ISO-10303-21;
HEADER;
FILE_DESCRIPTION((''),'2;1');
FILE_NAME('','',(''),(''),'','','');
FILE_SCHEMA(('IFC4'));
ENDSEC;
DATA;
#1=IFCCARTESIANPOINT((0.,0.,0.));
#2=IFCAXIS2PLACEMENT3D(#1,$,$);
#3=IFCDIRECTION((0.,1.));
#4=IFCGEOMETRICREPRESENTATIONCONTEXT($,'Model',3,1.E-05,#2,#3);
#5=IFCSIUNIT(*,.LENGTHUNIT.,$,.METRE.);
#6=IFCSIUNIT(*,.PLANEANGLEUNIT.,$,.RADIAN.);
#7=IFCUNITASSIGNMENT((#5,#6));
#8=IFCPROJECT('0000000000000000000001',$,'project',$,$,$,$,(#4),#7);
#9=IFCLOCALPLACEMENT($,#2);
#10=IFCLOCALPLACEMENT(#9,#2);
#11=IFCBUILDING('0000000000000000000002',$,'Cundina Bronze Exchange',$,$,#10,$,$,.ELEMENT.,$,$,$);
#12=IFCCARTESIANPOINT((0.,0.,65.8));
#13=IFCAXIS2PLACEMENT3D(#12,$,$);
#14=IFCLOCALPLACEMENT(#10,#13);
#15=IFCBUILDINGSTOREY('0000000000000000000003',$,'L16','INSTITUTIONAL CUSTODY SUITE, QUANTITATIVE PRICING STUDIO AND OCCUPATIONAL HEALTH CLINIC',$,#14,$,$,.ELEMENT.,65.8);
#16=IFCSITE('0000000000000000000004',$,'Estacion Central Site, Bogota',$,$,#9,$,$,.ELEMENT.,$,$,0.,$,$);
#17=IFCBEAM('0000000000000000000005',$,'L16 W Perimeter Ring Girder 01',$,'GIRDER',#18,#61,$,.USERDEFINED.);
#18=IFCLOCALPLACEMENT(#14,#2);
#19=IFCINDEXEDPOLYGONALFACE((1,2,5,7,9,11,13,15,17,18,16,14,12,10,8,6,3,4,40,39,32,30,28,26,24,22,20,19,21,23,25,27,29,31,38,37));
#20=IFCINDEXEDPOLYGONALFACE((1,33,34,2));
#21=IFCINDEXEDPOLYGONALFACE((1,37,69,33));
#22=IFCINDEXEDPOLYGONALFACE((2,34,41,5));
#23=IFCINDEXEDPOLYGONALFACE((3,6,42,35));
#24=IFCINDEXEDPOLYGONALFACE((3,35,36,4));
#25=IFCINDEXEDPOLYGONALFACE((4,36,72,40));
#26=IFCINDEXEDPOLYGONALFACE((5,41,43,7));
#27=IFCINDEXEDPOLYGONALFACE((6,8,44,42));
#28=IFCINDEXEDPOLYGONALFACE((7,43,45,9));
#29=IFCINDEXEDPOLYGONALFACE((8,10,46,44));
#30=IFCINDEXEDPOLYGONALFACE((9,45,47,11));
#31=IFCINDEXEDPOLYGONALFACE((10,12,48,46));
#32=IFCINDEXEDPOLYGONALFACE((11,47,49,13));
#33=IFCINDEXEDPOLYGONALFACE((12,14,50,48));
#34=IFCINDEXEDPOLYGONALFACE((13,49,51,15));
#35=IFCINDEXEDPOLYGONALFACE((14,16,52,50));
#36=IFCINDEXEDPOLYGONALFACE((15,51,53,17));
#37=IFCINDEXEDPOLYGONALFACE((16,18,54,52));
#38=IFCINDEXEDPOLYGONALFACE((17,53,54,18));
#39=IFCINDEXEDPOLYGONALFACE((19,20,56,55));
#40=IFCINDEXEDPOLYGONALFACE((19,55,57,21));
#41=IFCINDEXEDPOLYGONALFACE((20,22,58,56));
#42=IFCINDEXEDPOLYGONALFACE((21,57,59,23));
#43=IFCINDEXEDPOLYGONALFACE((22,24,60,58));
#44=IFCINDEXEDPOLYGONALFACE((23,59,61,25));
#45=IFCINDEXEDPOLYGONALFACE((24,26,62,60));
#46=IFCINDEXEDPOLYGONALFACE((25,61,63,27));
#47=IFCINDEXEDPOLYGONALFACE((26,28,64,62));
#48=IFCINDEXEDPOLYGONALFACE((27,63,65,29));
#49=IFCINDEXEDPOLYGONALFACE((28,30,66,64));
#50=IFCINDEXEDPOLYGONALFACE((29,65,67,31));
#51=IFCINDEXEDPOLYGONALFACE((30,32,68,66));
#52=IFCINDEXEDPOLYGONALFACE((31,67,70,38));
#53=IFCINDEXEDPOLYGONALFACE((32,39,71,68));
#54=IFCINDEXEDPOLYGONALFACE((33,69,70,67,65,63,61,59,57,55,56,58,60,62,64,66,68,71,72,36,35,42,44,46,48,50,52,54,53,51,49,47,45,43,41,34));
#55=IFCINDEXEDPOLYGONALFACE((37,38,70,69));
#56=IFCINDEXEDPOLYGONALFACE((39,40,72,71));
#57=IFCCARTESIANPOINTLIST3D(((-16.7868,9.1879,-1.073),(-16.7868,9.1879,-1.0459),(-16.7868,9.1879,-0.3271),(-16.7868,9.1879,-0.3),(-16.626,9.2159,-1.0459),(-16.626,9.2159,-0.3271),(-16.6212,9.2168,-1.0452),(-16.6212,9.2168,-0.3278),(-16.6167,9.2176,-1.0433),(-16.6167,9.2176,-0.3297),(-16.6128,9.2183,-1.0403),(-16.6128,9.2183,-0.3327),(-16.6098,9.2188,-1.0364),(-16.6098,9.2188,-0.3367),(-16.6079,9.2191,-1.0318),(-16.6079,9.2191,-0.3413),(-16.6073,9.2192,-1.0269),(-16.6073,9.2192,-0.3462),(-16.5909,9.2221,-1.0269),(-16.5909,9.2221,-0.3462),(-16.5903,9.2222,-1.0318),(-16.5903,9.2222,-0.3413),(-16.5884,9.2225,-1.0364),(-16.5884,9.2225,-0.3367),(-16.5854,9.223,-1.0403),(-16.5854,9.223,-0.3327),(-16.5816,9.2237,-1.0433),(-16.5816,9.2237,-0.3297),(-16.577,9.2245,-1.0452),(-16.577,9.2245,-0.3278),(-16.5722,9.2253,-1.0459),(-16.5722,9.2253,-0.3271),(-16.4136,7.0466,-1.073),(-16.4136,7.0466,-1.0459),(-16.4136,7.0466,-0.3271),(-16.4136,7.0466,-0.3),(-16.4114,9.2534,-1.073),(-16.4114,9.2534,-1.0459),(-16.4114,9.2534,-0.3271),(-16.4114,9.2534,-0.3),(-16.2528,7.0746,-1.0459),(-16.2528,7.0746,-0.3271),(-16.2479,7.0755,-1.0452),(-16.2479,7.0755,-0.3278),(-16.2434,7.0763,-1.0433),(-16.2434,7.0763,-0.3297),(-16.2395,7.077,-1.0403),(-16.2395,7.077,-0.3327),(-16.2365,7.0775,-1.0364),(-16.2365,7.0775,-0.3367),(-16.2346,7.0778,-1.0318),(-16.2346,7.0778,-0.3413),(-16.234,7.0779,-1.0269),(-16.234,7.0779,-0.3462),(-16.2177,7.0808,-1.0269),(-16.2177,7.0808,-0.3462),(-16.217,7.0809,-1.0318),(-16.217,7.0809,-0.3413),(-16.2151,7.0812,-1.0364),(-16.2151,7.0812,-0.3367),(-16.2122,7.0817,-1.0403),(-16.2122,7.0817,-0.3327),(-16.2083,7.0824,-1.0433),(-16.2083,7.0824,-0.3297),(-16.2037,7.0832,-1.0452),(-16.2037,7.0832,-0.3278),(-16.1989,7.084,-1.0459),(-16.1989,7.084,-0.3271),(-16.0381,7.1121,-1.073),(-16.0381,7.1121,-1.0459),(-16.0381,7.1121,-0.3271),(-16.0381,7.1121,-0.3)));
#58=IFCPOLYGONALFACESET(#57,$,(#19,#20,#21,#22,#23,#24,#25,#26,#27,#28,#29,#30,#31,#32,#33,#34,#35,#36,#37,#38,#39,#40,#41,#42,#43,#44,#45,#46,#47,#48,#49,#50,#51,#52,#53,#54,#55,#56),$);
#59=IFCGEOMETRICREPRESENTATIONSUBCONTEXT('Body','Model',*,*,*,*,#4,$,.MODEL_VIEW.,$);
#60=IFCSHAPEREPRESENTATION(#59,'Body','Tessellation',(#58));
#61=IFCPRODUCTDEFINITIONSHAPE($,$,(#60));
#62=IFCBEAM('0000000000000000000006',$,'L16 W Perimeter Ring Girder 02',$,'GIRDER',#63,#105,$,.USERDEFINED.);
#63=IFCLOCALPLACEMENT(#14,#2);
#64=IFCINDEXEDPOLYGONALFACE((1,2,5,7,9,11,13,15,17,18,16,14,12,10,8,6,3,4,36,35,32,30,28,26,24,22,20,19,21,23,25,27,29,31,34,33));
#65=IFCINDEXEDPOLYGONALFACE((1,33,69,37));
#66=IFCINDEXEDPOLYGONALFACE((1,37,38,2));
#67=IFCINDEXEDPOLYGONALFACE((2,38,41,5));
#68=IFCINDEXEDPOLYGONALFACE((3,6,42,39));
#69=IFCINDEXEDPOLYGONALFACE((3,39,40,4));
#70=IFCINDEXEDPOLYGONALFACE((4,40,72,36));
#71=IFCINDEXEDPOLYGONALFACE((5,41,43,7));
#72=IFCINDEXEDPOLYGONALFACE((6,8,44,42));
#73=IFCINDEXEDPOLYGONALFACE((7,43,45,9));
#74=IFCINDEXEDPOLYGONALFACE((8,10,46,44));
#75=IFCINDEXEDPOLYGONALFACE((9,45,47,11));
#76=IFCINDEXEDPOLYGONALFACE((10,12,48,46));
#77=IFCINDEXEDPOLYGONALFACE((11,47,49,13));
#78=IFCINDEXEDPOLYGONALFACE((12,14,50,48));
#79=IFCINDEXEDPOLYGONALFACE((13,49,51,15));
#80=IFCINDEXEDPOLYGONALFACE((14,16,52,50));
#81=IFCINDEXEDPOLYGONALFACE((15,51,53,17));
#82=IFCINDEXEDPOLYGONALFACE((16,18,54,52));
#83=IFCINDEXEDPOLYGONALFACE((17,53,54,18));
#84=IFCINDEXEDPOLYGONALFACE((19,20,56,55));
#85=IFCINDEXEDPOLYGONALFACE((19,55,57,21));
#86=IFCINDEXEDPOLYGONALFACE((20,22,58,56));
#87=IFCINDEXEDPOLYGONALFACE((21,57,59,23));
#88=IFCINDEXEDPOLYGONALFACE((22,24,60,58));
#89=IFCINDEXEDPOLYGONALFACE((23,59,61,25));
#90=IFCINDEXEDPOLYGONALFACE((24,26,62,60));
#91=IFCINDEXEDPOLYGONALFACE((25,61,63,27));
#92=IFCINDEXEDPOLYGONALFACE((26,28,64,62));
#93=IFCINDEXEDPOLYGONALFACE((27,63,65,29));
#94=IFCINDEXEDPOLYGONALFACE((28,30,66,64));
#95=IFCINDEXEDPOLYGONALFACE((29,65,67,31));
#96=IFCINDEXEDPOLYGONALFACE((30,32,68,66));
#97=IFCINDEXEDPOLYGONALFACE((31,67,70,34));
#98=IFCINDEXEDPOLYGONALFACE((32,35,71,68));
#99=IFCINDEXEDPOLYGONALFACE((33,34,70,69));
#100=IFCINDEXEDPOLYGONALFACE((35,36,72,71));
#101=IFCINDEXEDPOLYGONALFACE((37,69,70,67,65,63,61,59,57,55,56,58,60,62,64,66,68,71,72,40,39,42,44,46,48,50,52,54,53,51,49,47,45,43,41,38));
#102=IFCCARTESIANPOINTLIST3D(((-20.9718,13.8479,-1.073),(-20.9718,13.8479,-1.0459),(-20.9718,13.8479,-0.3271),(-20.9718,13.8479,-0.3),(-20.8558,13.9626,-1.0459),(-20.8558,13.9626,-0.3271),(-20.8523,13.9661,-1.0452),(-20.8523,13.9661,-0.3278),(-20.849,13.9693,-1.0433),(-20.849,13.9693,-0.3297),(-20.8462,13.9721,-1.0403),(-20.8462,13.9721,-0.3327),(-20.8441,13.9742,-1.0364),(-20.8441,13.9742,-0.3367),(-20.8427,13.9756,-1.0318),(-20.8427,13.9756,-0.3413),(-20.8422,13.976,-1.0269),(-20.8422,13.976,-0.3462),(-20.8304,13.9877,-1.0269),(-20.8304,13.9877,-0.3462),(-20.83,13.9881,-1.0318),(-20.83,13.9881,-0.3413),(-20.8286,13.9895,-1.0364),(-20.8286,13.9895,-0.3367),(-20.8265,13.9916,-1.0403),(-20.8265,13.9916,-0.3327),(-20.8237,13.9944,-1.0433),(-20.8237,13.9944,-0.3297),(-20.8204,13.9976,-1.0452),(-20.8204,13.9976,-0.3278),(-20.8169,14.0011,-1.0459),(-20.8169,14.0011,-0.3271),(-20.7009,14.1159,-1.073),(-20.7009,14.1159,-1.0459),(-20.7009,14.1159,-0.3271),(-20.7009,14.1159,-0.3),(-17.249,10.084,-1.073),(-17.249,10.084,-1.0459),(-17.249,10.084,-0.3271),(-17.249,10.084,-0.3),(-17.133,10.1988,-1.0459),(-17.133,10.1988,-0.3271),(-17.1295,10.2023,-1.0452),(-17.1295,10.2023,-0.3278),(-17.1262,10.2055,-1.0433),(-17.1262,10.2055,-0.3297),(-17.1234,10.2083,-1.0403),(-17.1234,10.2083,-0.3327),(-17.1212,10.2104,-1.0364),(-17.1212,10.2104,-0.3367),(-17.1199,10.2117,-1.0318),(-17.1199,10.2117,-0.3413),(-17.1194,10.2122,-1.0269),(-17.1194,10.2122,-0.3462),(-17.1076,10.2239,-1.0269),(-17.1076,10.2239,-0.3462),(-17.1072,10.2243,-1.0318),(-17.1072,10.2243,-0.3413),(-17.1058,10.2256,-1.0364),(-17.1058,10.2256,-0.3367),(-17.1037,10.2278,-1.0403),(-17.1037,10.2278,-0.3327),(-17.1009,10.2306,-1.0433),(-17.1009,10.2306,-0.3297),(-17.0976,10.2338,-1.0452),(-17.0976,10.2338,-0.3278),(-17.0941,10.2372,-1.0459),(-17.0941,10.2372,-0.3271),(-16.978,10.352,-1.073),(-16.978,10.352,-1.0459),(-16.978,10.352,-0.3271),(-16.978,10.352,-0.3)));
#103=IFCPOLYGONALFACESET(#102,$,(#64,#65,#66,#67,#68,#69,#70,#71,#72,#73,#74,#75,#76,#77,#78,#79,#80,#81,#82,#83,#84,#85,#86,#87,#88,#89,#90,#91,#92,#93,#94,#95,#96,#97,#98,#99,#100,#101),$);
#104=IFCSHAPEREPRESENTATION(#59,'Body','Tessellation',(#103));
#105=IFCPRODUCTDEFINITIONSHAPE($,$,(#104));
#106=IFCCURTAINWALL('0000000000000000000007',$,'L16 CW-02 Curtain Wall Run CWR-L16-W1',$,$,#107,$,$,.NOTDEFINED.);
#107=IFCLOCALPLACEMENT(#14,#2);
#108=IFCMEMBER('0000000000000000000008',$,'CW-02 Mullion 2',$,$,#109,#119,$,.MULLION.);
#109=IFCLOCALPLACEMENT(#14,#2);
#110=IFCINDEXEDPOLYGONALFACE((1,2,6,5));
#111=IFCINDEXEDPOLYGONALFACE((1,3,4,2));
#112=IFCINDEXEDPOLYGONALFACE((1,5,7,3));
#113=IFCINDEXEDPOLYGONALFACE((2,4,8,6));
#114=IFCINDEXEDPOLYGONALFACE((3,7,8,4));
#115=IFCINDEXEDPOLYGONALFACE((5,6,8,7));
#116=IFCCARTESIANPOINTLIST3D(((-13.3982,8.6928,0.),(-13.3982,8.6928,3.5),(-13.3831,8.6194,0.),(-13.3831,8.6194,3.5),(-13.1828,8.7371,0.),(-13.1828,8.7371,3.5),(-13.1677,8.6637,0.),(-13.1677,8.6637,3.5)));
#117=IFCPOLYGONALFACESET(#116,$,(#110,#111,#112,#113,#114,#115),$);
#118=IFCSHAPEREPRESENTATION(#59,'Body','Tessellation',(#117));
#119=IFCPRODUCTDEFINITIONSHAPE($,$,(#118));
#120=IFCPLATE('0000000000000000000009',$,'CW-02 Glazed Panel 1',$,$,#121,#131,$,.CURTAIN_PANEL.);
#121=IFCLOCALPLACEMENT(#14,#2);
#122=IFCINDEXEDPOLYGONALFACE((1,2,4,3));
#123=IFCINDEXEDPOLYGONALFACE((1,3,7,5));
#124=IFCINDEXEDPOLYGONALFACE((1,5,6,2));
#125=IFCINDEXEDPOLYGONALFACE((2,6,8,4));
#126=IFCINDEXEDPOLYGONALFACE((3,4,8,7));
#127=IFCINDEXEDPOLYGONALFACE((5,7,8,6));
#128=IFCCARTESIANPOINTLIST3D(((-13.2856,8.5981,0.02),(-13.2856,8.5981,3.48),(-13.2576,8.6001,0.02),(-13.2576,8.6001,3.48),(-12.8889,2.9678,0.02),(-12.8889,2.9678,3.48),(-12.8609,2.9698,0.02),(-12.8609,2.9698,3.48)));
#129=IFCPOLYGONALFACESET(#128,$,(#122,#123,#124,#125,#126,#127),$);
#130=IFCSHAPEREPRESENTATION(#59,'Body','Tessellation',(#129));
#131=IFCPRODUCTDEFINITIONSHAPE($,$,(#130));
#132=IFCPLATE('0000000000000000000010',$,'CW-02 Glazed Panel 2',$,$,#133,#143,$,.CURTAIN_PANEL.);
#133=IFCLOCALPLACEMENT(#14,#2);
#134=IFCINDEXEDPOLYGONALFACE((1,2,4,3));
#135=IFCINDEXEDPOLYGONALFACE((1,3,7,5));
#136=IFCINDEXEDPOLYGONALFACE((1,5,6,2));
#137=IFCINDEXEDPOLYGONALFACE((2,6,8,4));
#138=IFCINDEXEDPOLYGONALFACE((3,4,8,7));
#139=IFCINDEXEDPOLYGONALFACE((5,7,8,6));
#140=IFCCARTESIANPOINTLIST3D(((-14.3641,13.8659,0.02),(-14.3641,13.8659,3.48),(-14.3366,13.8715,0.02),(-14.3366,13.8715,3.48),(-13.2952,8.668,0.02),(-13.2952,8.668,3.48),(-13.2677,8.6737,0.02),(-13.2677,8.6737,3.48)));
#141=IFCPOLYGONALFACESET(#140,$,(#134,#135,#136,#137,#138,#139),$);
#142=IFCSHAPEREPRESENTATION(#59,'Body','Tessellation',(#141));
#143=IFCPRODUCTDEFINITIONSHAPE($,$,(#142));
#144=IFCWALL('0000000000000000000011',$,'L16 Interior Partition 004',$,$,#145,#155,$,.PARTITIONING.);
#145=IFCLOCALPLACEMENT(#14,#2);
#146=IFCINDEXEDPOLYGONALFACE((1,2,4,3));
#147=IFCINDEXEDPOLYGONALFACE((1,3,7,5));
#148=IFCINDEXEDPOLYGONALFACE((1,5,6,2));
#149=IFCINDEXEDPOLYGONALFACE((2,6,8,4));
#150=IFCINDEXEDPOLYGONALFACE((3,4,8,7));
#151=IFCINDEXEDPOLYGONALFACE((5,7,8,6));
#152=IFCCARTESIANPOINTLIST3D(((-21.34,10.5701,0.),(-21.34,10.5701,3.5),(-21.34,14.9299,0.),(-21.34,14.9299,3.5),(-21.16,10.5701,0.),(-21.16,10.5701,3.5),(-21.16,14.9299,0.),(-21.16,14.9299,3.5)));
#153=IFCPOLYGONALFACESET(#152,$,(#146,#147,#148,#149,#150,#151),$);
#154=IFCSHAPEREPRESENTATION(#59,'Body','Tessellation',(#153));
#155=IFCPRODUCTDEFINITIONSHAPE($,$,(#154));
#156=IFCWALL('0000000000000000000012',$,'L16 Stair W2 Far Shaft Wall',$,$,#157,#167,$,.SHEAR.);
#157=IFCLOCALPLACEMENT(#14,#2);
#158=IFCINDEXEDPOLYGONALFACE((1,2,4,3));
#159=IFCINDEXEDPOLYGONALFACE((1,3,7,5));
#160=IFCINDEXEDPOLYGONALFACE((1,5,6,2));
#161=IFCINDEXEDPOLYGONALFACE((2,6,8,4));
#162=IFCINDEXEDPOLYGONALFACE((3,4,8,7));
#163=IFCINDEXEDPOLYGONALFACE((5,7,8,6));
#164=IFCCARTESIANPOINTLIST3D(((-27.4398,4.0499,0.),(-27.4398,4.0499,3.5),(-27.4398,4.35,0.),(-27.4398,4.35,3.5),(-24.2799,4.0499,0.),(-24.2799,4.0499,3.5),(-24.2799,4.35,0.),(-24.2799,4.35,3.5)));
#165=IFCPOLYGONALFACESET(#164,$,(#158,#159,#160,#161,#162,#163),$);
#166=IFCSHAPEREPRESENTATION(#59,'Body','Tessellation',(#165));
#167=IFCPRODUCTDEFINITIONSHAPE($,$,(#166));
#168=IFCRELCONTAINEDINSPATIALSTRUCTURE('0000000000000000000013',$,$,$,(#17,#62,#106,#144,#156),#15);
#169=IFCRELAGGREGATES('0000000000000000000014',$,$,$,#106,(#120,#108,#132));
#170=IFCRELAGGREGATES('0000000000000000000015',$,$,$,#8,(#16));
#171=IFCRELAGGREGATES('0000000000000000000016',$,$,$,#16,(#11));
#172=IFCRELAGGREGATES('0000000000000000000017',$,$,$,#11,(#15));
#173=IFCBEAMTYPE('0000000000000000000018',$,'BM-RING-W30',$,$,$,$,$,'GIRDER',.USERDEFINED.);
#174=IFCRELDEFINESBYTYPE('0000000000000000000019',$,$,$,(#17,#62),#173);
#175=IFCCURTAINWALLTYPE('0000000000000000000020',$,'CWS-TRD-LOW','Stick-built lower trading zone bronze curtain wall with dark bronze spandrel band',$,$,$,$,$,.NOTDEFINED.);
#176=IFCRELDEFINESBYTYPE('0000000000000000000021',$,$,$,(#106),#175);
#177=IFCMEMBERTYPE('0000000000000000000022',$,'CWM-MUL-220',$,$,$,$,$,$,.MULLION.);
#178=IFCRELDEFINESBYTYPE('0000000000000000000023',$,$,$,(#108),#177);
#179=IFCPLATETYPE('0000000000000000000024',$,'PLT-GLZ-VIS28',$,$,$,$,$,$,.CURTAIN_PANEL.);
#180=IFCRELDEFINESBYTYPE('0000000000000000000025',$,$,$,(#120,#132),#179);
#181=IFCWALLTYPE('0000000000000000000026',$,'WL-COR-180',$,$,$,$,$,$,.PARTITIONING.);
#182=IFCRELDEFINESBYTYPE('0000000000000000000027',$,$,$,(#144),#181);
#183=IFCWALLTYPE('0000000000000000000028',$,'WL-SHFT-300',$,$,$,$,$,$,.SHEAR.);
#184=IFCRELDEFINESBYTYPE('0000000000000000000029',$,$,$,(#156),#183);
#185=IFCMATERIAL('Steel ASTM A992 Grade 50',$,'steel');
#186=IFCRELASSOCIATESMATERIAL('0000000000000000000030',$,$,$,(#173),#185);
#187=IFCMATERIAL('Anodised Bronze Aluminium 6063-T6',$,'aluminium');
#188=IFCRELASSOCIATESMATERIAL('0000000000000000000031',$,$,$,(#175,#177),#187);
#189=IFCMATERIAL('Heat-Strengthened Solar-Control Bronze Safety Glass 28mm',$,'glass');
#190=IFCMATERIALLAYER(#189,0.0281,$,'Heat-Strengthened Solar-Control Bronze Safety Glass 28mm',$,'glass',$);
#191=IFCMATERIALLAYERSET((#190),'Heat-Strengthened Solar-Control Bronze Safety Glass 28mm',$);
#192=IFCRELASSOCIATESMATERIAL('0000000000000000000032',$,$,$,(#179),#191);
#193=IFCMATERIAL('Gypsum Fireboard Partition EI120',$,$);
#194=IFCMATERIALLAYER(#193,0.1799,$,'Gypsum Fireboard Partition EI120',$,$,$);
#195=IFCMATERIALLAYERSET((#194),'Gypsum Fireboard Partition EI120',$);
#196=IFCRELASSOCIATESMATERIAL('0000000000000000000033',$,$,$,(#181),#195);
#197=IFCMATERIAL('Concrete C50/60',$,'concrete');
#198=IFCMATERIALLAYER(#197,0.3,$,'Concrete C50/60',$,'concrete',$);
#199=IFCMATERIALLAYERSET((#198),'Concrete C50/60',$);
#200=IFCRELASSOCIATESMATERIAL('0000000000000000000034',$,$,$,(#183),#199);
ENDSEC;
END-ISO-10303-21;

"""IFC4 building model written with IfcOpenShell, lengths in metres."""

from ifc_helpers import new_model, si_unit, direction, frame, frame_2d, origin, origin_2d, place, context, subcontext, project, spatial, rectangle, i_section, extrude, material, layer, layer_set, material_profile, profile_set, type_object, element, aggregate, save


model = new_model("IFC4")

# Units and contexts
model_context = context("Model", 3, precision=1e-05, world=origin(), true_north=direction((0.0, 1.0)))
body_context = subcontext(model_context, "Body", "Model", "MODEL_VIEW")
ifc_project = project(units=[si_unit("LENGTHUNIT", "METRE"), si_unit("PLANEANGLEUNIT", "RADIAN")], contexts=[model_context])

# Site, building, storey
site_placement = place(None, origin())
site = spatial("IfcSite", under=ifc_project, at=site_placement, Name="Estacion Central Site, Bogota", CompositionType="ELEMENT", RefElevation=0.0)
building_placement = place(site_placement, origin())
building = spatial("IfcBuilding", under=site, at=building_placement, Name="Cundina Bronze Exchange", CompositionType="ELEMENT")
storey_placement = place(building_placement, frame((0.0, 0.0, 65.8)))
storey = spatial("IfcBuildingStorey", under=building, at=storey_placement, Name="L16", Description="INSTITUTIONAL CUSTODY SUITE, QUANTITATIVE PRICING STUDIO AND OCCUPATIONAL HEALTH CLINIC", CompositionType="ELEMENT", Elevation=65.8)

# Beams
ifc_material_1 = material(Name="Steel ASTM A992 Grade 50", Category="steel")
ifc_material_profile_1 = material_profile(ifc_material_1, i_section(OverallWidth=0.3811, OverallDepth=0.7729, WebThickness=0.0166, FlangeThickness=0.0271, FilletRadius=0.019, at=origin_2d()), Name="W30X173", Category="steel")
ifc_profile_set_1 = profile_set([ifc_material_profile_1], Name="Steel ASTM A992 Grade 50")
beam_type_1 = type_object("IfcBeamType", Name="BM-RING-W30", ElementType="GIRDER", PredefinedType="USERDEFINED", material=ifc_profile_set_1)
beam_1_placement = place(storey_placement, frame((-16.2258, 7.0793, -0.6865), z_axis=(-0.171735, 0.985143, 0.0), x_axis=(-0.985143, -0.171735, 0.0)))
element("IfcBeam", 1, at=beam_1_placement, inside=storey, type_object=beam_type_1, Name="L16 W Perimeter Ring Girder 01", ObjectType="GIRDER", PredefinedType="USERDEFINED", context=body_context, shape_type="SweptSolid", body=[
    extrude(i_section(OverallWidth=0.3811, OverallDepth=0.7729, WebThickness=0.0166, FlangeThickness=0.0271, FilletRadius=0.019, at=origin_2d()), origin(), (0.0, 0.0, 1.0), 2.1736),
])
beam_2_placement = place(storey_placement, frame((-17.1135, 10.218, -0.6865), z_axis=(-0.703222, 0.71097, 0.0), x_axis=(-0.71097, -0.703222, 0.0)))
element("IfcBeam", 2, at=beam_2_placement, inside=storey, type_object=beam_type_1, Name="L16 W Perimeter Ring Girder 02", ObjectType="GIRDER", PredefinedType="USERDEFINED", context=body_context, shape_type="SweptSolid", body=[
    extrude(i_section(OverallWidth=0.3811, OverallDepth=0.7729, WebThickness=0.0166, FlangeThickness=0.0271, FilletRadius=0.019, at=origin_2d()), origin(), (0.0, 0.0, 1.0), 5.2939),
])

# Curtain wall, member, plates
ifc_material_2 = material(Name="Anodised Bronze Aluminium 6063-T6", Category="aluminium")
curtain_wall_type = type_object("IfcCurtainWallType", Name="CWS-TRD-LOW", Description="Stick-built lower trading zone bronze curtain wall with dark bronze spandrel band", PredefinedType="NOTDEFINED", material=ifc_material_2)
curtain_wall_placement = place(storey_placement, origin())
curtain_wall = element("IfcCurtainWall", 3, at=curtain_wall_placement, inside=storey, type_object=curtain_wall_type, Name="L16 CW-02 Curtain Wall Run CWR-L16-W1", PredefinedType="NOTDEFINED")
ifc_material_profile_2 = material_profile(ifc_material_2, rectangle(XDim=0.075, YDim=0.22, at=origin_2d()), Name="AL75X220", Category="aluminium")
ifc_profile_set_2 = profile_set([ifc_material_profile_2], Name="Anodised Bronze Aluminium 6063-T6")
member_type = type_object("IfcMemberType", Name="CWM-MUL-220", PredefinedType="MULLION", material=ifc_profile_set_2)
member_placement = place(storey_placement, frame((-13.283, 8.6782, 0.0), z_axis=(0.0, 0.0, 1.0), x_axis=(-0.20142, 0.979505, 0.0)))
member = element("IfcMember", 4, at=member_placement, type_object=member_type, Name="CW-02 Mullion 2", PredefinedType="MULLION", context=body_context, shape_type="SweptSolid", body=[
    extrude(rectangle(XDim=0.075, YDim=0.22, at=origin_2d()), origin(), (0.0, 0.0, 1.0), 3.5),
])
ifc_material_3 = material(Name="Heat-Strengthened Solar-Control Bronze Safety Glass 28mm", Category="glass")
ifc_layer_1 = layer(ifc_material_3, 0.0281, Name="Heat-Strengthened Solar-Control Bronze Safety Glass 28mm", Category="glass")
ifc_layer_set_1 = layer_set([ifc_layer_1], Name="Heat-Strengthened Solar-Control Bronze Safety Glass 28mm")
plate_type = type_object("IfcPlateType", Name="PLT-GLZ-VIS28", PredefinedType="CURTAIN_PANEL", material=ifc_layer_set_1)
plate_1_placement = place(storey_placement, frame((-13.0732, 5.7839, 0.02), z_axis=(0.0, 0.0, 1.0), x_axis=(-0.070279, 0.997527, 0.0)))
plate_1 = element("IfcPlate", 5, at=plate_1_placement, type_object=plate_type, Name="CW-02 Glazed Panel 1", PredefinedType="CURTAIN_PANEL", context=body_context, shape_type="SweptSolid", body=[
    extrude(rectangle(XDim=5.6443, YDim=0.0281, at=origin_2d()), origin(), (0.0, 0.0, 1.0), 3.46),
])
plate_2_placement = place(storey_placement, frame((-13.8159, 11.2698, 0.02), z_axis=(0.0, 0.0, 1.0), x_axis=(-0.20142, 0.979505, 0.0)))
plate_2 = element("IfcPlate", 6, at=plate_2_placement, type_object=plate_type, Name="CW-02 Glazed Panel 2", PredefinedType="CURTAIN_PANEL", context=body_context, shape_type="SweptSolid", body=[
    extrude(rectangle(XDim=5.3066, YDim=0.0281, at=origin_2d()), origin(), (0.0, 0.0, 1.0), 3.46),
])
aggregate(curtain_wall, [plate_1, member, plate_2])

# Walls
ifc_material_4 = material(Name="Gypsum Fireboard Partition EI120")
ifc_layer_2 = layer(ifc_material_4, 0.1799, Name="Gypsum Fireboard Partition EI120")
ifc_layer_set_2 = layer_set([ifc_layer_2], Name="Gypsum Fireboard Partition EI120")
wall_type_1 = type_object("IfcWallType", Name="WL-COR-180", PredefinedType="PARTITIONING", material=ifc_layer_set_2)
wall_1_placement = place(storey_placement, frame((-21.25, 10.5701, 0.0), z_axis=(0.0, 0.0, 1.0), x_axis=(0.0, 1.0, 0.0)))
element("IfcWall", 7, at=wall_1_placement, inside=storey, type_object=wall_type_1, Name="L16 Interior Partition 004", PredefinedType="PARTITIONING", context=body_context, shape_type="SweptSolid", body=[
    extrude(rectangle(XDim=4.3599, YDim=0.1799, at=frame_2d((2.1799, 0.0))), origin(), (0.0, 0.0, 1.0), 3.5),
])
ifc_material_5 = material(Name="Concrete C50/60", Category="concrete")
ifc_layer_3 = layer(ifc_material_5, 0.3, Name="Concrete C50/60", Category="concrete")
ifc_layer_set_3 = layer_set([ifc_layer_3], Name="Concrete C50/60")
wall_type_2 = type_object("IfcWallType", Name="WL-SHFT-300", PredefinedType="SHEAR", material=ifc_layer_set_3)
wall_2_placement = place(storey_placement, frame((-27.4399, 4.2, 0.0), z_axis=(0.0, 0.0, 1.0), x_axis=(1.0, 0.0, 0.0)))
element("IfcWall", 8, at=wall_2_placement, inside=storey, type_object=wall_type_2, Name="L16 Stair W2 Far Shaft Wall", PredefinedType="SHEAR", context=body_context, shape_type="SweptSolid", body=[
    extrude(rectangle(XDim=3.1599, YDim=0.3, at=frame_2d((1.5801, 0.0))), origin(), (0.0, 0.0, 1.0), 3.5),
])

save(model, "model.ifc")
